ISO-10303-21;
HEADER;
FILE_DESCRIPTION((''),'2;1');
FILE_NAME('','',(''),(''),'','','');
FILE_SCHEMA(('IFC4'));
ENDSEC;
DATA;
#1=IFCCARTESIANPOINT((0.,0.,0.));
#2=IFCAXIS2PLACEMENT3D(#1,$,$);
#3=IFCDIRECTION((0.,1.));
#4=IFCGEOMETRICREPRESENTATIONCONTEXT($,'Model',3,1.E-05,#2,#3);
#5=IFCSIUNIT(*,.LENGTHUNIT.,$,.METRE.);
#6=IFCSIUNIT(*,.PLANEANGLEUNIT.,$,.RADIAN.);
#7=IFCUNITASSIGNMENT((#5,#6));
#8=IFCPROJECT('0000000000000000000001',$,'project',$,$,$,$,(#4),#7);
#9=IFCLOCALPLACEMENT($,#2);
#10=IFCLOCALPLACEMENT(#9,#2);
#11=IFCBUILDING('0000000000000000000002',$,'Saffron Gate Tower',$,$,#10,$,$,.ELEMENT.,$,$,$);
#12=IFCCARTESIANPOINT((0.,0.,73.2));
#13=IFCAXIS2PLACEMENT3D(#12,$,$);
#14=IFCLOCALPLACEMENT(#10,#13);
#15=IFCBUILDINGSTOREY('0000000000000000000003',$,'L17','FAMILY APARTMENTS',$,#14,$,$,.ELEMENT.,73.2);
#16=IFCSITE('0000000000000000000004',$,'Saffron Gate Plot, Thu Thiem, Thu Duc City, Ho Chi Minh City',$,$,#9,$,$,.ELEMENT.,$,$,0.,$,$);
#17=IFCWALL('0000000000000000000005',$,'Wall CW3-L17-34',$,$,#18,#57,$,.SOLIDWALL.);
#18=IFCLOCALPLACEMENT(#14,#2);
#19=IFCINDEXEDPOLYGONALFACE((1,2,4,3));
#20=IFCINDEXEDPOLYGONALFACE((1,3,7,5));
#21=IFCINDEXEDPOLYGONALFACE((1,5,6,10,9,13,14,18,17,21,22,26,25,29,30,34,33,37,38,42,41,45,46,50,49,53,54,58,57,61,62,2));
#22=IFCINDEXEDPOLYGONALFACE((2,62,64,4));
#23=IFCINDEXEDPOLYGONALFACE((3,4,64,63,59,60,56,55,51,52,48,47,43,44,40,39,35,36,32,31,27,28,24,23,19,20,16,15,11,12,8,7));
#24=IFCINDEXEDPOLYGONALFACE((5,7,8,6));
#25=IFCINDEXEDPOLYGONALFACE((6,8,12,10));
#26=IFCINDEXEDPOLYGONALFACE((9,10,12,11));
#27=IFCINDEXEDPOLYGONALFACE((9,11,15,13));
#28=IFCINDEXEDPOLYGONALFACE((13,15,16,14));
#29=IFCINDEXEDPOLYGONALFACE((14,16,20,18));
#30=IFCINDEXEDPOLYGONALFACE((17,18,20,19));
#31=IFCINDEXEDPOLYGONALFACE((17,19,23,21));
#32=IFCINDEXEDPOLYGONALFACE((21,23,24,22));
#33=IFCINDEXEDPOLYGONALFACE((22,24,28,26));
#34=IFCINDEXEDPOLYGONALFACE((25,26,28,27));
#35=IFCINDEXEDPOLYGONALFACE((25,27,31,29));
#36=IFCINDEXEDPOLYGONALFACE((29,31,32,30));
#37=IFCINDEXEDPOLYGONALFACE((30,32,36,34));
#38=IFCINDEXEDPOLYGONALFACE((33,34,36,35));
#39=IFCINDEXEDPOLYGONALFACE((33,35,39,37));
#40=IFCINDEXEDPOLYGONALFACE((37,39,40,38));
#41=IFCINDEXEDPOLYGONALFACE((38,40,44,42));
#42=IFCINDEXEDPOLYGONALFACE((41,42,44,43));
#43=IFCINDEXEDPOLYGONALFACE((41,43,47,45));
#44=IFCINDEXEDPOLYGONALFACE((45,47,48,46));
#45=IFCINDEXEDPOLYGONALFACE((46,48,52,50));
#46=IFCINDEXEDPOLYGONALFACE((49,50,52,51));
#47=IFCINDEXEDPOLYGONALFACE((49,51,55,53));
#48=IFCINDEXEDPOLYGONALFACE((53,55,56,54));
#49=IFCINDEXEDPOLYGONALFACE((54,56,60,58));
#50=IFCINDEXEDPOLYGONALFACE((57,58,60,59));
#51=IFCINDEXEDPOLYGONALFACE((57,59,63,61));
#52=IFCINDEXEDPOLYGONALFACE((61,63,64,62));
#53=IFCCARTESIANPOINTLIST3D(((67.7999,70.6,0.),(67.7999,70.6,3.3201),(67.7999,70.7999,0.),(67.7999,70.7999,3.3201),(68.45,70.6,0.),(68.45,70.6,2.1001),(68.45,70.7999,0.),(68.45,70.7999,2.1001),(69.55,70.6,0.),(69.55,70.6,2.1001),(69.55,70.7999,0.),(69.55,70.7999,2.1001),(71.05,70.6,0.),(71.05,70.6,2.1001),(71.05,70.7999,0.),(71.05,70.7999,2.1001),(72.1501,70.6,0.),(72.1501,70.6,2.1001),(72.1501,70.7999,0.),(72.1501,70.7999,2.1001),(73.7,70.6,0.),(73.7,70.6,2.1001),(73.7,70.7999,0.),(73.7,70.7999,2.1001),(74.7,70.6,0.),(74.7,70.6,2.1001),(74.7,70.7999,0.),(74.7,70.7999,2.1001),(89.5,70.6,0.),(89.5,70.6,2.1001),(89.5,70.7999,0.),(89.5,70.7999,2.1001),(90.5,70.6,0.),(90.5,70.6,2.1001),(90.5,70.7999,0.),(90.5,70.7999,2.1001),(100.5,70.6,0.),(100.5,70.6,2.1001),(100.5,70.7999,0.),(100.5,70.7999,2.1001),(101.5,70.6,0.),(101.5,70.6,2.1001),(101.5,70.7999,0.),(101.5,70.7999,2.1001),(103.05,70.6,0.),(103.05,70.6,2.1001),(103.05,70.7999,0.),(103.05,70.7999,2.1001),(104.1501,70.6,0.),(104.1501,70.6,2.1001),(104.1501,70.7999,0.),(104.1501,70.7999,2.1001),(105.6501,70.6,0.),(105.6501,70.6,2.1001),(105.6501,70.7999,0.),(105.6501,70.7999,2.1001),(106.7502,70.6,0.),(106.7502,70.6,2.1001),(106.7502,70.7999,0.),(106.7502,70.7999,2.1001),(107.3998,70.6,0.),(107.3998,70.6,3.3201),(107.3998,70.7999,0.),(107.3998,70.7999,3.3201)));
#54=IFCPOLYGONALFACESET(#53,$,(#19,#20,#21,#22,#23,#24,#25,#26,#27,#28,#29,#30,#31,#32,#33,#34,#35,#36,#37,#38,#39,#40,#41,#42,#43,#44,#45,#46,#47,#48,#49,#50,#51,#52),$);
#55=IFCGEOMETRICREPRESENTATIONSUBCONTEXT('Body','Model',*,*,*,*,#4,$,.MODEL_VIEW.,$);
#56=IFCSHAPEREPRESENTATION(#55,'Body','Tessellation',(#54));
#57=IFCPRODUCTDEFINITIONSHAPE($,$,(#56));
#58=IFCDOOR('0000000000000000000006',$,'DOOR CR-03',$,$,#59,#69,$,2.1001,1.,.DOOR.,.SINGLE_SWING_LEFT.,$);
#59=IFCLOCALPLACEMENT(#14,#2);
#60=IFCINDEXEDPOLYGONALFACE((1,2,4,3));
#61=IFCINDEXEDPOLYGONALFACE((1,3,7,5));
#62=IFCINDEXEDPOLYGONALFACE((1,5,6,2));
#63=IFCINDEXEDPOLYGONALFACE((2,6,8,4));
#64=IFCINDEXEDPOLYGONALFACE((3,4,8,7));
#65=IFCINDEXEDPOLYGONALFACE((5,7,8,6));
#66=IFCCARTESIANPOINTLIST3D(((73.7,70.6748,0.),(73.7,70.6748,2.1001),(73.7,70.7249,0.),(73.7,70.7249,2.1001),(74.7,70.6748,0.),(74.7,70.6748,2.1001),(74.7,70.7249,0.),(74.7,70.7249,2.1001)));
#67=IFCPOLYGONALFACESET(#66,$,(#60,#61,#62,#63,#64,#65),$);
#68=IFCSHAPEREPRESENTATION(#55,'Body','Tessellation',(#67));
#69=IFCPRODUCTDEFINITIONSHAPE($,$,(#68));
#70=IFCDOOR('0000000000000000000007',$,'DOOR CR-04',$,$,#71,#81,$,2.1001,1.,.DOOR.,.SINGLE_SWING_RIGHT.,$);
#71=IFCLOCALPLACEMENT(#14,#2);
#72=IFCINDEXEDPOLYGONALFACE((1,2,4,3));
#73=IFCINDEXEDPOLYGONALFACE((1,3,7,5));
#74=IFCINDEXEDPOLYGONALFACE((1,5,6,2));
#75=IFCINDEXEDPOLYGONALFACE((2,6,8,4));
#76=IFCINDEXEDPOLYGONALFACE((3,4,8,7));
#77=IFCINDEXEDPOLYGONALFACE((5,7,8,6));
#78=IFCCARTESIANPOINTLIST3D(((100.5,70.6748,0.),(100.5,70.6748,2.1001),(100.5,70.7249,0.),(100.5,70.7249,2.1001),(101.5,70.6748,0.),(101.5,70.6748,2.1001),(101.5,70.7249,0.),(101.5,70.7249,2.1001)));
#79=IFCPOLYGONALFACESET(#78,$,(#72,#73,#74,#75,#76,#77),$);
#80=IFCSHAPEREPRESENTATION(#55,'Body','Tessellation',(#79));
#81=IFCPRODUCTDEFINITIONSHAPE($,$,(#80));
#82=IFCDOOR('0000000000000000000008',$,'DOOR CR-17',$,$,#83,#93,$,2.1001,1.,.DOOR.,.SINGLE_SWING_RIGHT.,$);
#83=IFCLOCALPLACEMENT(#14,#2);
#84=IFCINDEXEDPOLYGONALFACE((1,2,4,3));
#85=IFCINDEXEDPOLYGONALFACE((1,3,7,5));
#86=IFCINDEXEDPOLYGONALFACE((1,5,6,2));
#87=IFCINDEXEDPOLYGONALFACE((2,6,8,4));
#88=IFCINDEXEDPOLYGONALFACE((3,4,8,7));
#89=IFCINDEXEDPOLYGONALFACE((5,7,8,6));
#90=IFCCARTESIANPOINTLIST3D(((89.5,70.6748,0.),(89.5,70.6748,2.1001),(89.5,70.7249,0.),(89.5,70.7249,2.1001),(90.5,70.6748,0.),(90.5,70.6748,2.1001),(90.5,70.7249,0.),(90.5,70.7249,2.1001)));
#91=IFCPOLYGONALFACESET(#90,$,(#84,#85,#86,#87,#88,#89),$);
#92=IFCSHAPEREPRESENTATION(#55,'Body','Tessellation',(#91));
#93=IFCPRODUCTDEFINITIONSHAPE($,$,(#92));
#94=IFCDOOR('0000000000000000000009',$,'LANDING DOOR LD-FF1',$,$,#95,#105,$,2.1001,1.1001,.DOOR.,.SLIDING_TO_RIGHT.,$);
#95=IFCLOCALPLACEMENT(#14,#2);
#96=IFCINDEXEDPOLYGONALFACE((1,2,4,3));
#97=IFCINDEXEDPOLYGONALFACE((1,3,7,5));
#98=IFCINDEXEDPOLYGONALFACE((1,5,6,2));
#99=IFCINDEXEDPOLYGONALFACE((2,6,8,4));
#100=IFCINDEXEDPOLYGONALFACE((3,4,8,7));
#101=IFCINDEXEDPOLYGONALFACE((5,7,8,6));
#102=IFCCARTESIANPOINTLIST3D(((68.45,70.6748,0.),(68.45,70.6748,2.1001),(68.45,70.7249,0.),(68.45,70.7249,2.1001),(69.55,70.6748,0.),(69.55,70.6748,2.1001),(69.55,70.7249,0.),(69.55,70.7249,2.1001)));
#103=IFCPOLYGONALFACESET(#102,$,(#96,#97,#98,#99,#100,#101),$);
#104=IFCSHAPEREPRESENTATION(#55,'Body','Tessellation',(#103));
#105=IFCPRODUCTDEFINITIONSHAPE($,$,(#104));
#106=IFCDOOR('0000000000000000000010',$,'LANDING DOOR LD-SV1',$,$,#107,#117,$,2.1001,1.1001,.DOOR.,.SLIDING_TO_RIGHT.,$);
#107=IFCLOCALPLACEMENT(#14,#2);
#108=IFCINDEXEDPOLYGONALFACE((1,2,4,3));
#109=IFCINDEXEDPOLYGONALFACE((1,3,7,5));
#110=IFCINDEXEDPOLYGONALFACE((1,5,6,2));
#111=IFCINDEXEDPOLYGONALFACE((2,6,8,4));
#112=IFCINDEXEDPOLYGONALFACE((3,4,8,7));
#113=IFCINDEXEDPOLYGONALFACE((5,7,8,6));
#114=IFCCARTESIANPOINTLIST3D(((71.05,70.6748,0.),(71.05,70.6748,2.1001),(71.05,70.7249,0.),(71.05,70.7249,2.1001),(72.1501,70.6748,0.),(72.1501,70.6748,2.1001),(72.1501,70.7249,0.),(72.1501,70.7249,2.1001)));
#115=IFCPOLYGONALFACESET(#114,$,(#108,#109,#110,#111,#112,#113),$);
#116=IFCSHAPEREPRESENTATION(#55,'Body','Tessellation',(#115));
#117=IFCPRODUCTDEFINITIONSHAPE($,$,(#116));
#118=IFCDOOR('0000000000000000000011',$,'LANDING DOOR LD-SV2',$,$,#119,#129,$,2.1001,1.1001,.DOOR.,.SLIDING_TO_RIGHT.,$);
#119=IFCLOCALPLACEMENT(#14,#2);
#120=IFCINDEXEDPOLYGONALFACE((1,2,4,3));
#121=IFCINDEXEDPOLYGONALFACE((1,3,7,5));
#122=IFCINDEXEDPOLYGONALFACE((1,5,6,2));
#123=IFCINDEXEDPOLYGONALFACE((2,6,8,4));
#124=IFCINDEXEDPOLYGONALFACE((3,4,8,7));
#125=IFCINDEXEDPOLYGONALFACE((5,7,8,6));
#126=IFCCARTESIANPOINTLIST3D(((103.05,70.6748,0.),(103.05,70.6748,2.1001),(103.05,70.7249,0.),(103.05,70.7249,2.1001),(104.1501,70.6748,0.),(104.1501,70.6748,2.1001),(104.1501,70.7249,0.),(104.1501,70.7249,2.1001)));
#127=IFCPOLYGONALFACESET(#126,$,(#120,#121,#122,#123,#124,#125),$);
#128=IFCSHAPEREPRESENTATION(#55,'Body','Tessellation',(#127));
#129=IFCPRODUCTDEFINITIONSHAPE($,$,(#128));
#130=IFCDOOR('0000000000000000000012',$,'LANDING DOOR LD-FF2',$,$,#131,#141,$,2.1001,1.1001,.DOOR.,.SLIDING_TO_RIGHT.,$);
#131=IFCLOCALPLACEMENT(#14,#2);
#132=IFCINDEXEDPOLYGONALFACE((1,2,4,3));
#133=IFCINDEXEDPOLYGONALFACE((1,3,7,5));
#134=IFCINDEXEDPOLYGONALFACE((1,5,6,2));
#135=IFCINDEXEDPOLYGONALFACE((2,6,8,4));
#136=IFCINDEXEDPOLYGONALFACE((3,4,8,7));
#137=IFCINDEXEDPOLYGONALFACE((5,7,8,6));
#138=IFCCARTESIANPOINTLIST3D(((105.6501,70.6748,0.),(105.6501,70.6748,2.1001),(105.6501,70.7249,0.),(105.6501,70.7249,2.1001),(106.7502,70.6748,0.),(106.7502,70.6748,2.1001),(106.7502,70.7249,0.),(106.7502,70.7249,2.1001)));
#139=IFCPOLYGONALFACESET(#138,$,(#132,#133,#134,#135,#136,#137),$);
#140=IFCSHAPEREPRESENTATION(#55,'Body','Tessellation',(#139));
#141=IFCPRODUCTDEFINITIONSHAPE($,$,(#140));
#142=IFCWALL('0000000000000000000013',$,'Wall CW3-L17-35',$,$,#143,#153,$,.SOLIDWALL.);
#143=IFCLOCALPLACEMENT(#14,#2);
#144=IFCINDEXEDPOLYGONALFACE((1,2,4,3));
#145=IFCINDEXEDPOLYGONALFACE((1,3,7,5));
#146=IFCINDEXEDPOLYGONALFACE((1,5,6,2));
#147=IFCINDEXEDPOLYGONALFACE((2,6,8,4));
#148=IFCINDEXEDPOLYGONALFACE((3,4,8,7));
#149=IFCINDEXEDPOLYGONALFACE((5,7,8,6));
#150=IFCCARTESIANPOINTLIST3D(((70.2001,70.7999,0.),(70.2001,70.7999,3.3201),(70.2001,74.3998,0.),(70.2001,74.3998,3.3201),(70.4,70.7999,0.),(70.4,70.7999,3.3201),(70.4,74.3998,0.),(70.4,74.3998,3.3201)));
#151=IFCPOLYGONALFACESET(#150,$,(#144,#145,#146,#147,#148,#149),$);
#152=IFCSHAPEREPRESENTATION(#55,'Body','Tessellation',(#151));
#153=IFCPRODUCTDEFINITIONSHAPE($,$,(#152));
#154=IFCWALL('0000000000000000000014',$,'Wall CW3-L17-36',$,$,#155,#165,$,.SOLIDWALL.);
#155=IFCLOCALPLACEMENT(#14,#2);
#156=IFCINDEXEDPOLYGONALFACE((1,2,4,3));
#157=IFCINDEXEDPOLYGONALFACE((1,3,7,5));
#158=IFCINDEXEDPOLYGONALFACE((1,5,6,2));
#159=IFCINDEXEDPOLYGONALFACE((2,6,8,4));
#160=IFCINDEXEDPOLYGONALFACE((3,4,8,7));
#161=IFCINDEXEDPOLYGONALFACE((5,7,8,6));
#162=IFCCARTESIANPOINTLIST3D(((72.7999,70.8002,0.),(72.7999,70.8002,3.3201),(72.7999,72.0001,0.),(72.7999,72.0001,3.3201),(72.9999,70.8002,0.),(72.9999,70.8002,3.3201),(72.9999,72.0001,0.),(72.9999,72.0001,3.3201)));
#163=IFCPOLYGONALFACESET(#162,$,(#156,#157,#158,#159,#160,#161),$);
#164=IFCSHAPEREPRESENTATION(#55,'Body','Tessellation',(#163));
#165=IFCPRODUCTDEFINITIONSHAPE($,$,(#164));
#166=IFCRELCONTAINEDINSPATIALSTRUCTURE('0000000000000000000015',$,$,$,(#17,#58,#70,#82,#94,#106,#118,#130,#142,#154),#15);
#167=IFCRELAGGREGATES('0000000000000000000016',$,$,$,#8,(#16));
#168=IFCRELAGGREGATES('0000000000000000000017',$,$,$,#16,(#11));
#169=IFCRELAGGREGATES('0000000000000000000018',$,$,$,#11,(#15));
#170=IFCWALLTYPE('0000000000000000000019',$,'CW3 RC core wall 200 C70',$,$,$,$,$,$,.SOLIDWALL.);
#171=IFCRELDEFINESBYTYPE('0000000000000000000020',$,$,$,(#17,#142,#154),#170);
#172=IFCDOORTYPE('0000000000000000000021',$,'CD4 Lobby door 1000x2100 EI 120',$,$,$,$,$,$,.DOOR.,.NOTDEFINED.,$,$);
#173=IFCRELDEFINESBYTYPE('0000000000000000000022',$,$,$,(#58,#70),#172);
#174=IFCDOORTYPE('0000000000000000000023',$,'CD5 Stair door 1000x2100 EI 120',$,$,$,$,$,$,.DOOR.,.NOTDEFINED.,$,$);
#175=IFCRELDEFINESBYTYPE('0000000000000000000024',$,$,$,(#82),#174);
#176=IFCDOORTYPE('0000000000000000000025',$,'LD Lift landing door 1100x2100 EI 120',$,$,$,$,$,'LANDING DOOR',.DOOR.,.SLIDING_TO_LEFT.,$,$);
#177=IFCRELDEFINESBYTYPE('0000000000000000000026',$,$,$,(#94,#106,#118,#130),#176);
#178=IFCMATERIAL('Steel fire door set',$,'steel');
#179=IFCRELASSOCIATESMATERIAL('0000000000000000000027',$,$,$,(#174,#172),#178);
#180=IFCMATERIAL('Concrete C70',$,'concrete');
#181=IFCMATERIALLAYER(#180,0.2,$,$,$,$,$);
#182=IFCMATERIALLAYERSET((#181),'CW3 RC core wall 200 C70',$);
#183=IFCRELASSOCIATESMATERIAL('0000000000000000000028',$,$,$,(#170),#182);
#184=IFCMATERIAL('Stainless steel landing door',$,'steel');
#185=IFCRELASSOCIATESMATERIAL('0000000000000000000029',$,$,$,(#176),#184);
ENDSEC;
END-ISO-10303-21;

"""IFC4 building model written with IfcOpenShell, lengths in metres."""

from ifc_helpers import new_model, si_unit, direction, frame, frame_2d, origin, place, context, subcontext, project, spatial, rectangle, extrude, material, layer, layer_set, type_object, element, fill, save


model = new_model("IFC4")

# Units and contexts
model_context = context("Model", 3, precision=1e-05, world=origin(), true_north=direction((0.0, 1.0)))
body_context = subcontext(model_context, "Body", "Model", "MODEL_VIEW")
ifc_project = project(units=[si_unit("LENGTHUNIT", "METRE"), si_unit("PLANEANGLEUNIT", "RADIAN")], contexts=[model_context])

# Site, building, storey
site_placement = place(None, origin())
site = spatial("IfcSite", under=ifc_project, at=site_placement, Name="Saffron Gate Plot, Thu Thiem, Thu Duc City, Ho Chi Minh City", CompositionType="ELEMENT", RefElevation=0.0)
building_placement = place(site_placement, origin())
building = spatial("IfcBuilding", under=site, at=building_placement, Name="Saffron Gate Tower", CompositionType="ELEMENT")
storey_placement = place(building_placement, frame((0.0, 0.0, 73.2)))
storey = spatial("IfcBuildingStorey", under=building, at=storey_placement, Name="L17", Description="FAMILY APARTMENTS", CompositionType="ELEMENT", Elevation=73.2)

# Shared definitions
ifc_material_1 = material(Name="Concrete C70", Category="concrete")

# Wall, openings, doors
ifc_material_2 = material(Name="Steel fire door set", Category="steel")
door_type_1 = type_object("IfcDoorType", Name="CD5 Stair door 1000x2100 EI 120", OperationType="NOTDEFINED", PredefinedType="DOOR", material=ifc_material_2)
ifc_layer_1 = layer(ifc_material_1, 0.2)
ifc_layer_set_1 = layer_set([ifc_layer_1], Name="CW3 RC core wall 200 C70")
wall_type_1 = type_object("IfcWallType", Name="CW3 RC core wall 200 C70", PredefinedType="SOLIDWALL", material=ifc_layer_set_1)
wall_1_placement = place(storey_placement, frame((67.8, 70.7, 0.0), z_axis=(0.0, 0.0, 1.0), x_axis=(1.0, 0.0, 0.0)))
wall_1 = element("IfcWall", 1, at=wall_1_placement, inside=storey, type_object=wall_type_1, Name="Wall CW3-L17-34", PredefinedType="SOLIDWALL", context=body_context, shape_type="SweptSolid", body=[
    extrude(rectangle(XDim=39.5999, YDim=0.2, at=frame_2d((19.7998, 0.0))), origin(), (0.0, 0.0, 1.0), 3.3201),
])
opening_1_placement = place(wall_1_placement, frame((0.6499, 0.0, 0.0)))
opening_1 = element("IfcOpeningElement", 2, at=opening_1_placement, cuts=wall_1, PredefinedType="OPENING", context=body_context, shape_type="SweptSolid", body=[
    extrude(rectangle(XDim=1.1001, YDim=2.1001, at=frame_2d((0.55, 1.05))), frame((0.0, 0.1099, 0.0), z_axis=(0.0, -1.0, 0.0), x_axis=(1.0, 0.0, 0.0)), (0.0, 0.0, 1.0), 0.22),
])
opening_2_placement = place(wall_1_placement, frame((3.25, 0.0, 0.0)))
opening_2 = element("IfcOpeningElement", 3, at=opening_2_placement, cuts=wall_1, PredefinedType="OPENING", context=body_context, shape_type="SweptSolid", body=[
    extrude(rectangle(XDim=1.1001, YDim=2.1001, at=frame_2d((0.55, 1.05))), frame((0.0, 0.1099, 0.0), z_axis=(0.0, -1.0, 0.0), x_axis=(1.0, 0.0, 0.0)), (0.0, 0.0, 1.0), 0.22),
])
opening_3_placement = place(wall_1_placement, frame((5.8999, 0.0, 0.0)))
opening_3 = element("IfcOpeningElement", 4, at=opening_3_placement, cuts=wall_1, PredefinedType="OPENING", context=body_context, shape_type="SweptSolid", body=[
    extrude(rectangle(XDim=1.0, YDim=2.1001, at=frame_2d((0.5, 1.05))), frame((0.0, 0.1099, 0.0), z_axis=(0.0, -1.0, 0.0), x_axis=(1.0, 0.0, 0.0)), (0.0, 0.0, 1.0), 0.22),
])
opening_4_placement = place(wall_1_placement, frame((21.7, 0.0, 0.0)))
opening_4 = element("IfcOpeningElement", 5, at=opening_4_placement, cuts=wall_1, PredefinedType="OPENING", context=body_context, shape_type="SweptSolid", body=[
    extrude(rectangle(XDim=1.0, YDim=2.1001, at=frame_2d((0.5, 1.05))), frame((0.0, 0.1099, 0.0), z_axis=(0.0, -1.0, 0.0), x_axis=(1.0, 0.0, 0.0)), (0.0, 0.0, 1.0), 0.22),
])
opening_5_placement = place(wall_1_placement, frame((32.7, 0.0, 0.0)))
opening_5 = element("IfcOpeningElement", 6, at=opening_5_placement, cuts=wall_1, PredefinedType="OPENING", context=body_context, shape_type="SweptSolid", body=[
    extrude(rectangle(XDim=1.0, YDim=2.1001, at=frame_2d((0.5, 1.05))), frame((0.0, 0.1099, 0.0), z_axis=(0.0, -1.0, 0.0), x_axis=(1.0, 0.0, 0.0)), (0.0, 0.0, 1.0), 0.22),
])
opening_6_placement = place(wall_1_placement, frame((35.25, 0.0, 0.0)))
opening_6 = element("IfcOpeningElement", 7, at=opening_6_placement, cuts=wall_1, PredefinedType="OPENING", context=body_context, shape_type="SweptSolid", body=[
    extrude(rectangle(XDim=1.1001, YDim=2.1001, at=frame_2d((0.55, 1.05))), frame((0.0, 0.1099, 0.0), z_axis=(0.0, -1.0, 0.0), x_axis=(1.0, 0.0, 0.0)), (0.0, 0.0, 1.0), 0.22),
])
opening_7_placement = place(wall_1_placement, frame((37.8501, 0.0, 0.0)))
opening_7 = element("IfcOpeningElement", 8, at=opening_7_placement, cuts=wall_1, PredefinedType="OPENING", context=body_context, shape_type="SweptSolid", body=[
    extrude(rectangle(XDim=1.1001, YDim=2.1001, at=frame_2d((0.55, 1.05))), frame((0.0, 0.1099, 0.0), z_axis=(0.0, -1.0, 0.0), x_axis=(1.0, 0.0, 0.0)), (0.0, 0.0, 1.0), 0.22),
])
door_type_2 = type_object("IfcDoorType", Name="CD4 Lobby door 1000x2100 EI 120", OperationType="NOTDEFINED", PredefinedType="DOOR", material=ifc_material_2)
door_1_placement = place(opening_3_placement, origin())
door_1 = element("IfcDoor", 9, at=door_1_placement, inside=storey, type_object=door_type_2, Name="DOOR CR-03", OperationType="SINGLE_SWING_LEFT", OverallHeight=2.1001, OverallWidth=1.0, PredefinedType="DOOR", context=body_context, shape_type="SweptSolid", body=[
    extrude(rectangle(XDim=1.0, YDim=2.1001, at=frame_2d((0.5, 1.05))), frame((0.0, 0.0249, 0.0), z_axis=(0.0, -1.0, 0.0), x_axis=(1.0, 0.0, 0.0)), (0.0, 0.0, 1.0), 0.05),
])
fill(opening_3, door_1)
door_2_placement = place(opening_5_placement, origin())
door_2 = element("IfcDoor", 10, at=door_2_placement, inside=storey, type_object=door_type_2, Name="DOOR CR-04", OperationType="SINGLE_SWING_RIGHT", OverallHeight=2.1001, OverallWidth=1.0, PredefinedType="DOOR", context=body_context, shape_type="SweptSolid", body=[
    extrude(rectangle(XDim=1.0, YDim=2.1001, at=frame_2d((0.5, 1.05))), frame((0.0, 0.0249, 0.0), z_axis=(0.0, -1.0, 0.0), x_axis=(1.0, 0.0, 0.0)), (0.0, 0.0, 1.0), 0.05),
])
fill(opening_5, door_2)
door_3_placement = place(opening_4_placement, origin())
door_3 = element("IfcDoor", 11, at=door_3_placement, inside=storey, type_object=door_type_1, Name="DOOR CR-17", OperationType="SINGLE_SWING_RIGHT", OverallHeight=2.1001, OverallWidth=1.0, PredefinedType="DOOR", context=body_context, shape_type="SweptSolid", body=[
    extrude(rectangle(XDim=1.0, YDim=2.1001, at=frame_2d((0.5, 1.05))), frame((0.0, 0.0249, 0.0), z_axis=(0.0, -1.0, 0.0), x_axis=(1.0, 0.0, 0.0)), (0.0, 0.0, 1.0), 0.05),
])
fill(opening_4, door_3)
ifc_material_3 = material(Name="Stainless steel landing door", Category="steel")
door_type_3 = type_object("IfcDoorType", Name="LD Lift landing door 1100x2100 EI 120", ElementType="LANDING DOOR", OperationType="SLIDING_TO_LEFT", PredefinedType="DOOR", material=ifc_material_3)
door_4_placement = place(opening_1_placement, origin())
door_4 = element("IfcDoor", 12, at=door_4_placement, inside=storey, type_object=door_type_3, Name="LANDING DOOR LD-FF1", OperationType="SLIDING_TO_RIGHT", OverallHeight=2.1001, OverallWidth=1.1001, PredefinedType="DOOR", context=body_context, shape_type="SweptSolid", body=[
    extrude(rectangle(XDim=1.1001, YDim=2.1001, at=frame_2d((0.55, 1.05))), frame((0.0, 0.0249, 0.0), z_axis=(0.0, -1.0, 0.0), x_axis=(1.0, 0.0, 0.0)), (0.0, 0.0, 1.0), 0.05),
])
fill(opening_1, door_4)
door_5_placement = place(opening_2_placement, origin())
door_5 = element("IfcDoor", 13, at=door_5_placement, inside=storey, type_object=door_type_3, Name="LANDING DOOR LD-SV1", OperationType="SLIDING_TO_RIGHT", OverallHeight=2.1001, OverallWidth=1.1001, PredefinedType="DOOR", context=body_context, shape_type="SweptSolid", body=[
    extrude(rectangle(XDim=1.1001, YDim=2.1001, at=frame_2d((0.55, 1.05))), frame((0.0, 0.0249, 0.0), z_axis=(0.0, -1.0, 0.0), x_axis=(1.0, 0.0, 0.0)), (0.0, 0.0, 1.0), 0.05),
])
fill(opening_2, door_5)
door_6_placement = place(opening_6_placement, origin())
door_6 = element("IfcDoor", 14, at=door_6_placement, inside=storey, type_object=door_type_3, Name="LANDING DOOR LD-SV2", OperationType="SLIDING_TO_RIGHT", OverallHeight=2.1001, OverallWidth=1.1001, PredefinedType="DOOR", context=body_context, shape_type="SweptSolid", body=[
    extrude(rectangle(XDim=1.1001, YDim=2.1001, at=frame_2d((0.55, 1.05))), frame((0.0, 0.0249, 0.0), z_axis=(0.0, -1.0, 0.0), x_axis=(1.0, 0.0, 0.0)), (0.0, 0.0, 1.0), 0.05),
])
fill(opening_6, door_6)
door_7_placement = place(opening_7_placement, origin())
door_7 = element("IfcDoor", 15, at=door_7_placement, inside=storey, type_object=door_type_3, Name="LANDING DOOR LD-FF2", OperationType="SLIDING_TO_RIGHT", OverallHeight=2.1001, OverallWidth=1.1001, PredefinedType="DOOR", context=body_context, shape_type="SweptSolid", body=[
    extrude(rectangle(XDim=1.1001, YDim=2.1001, at=frame_2d((0.55, 1.05))), frame((0.0, 0.0249, 0.0), z_axis=(0.0, -1.0, 0.0), x_axis=(1.0, 0.0, 0.0)), (0.0, 0.0, 1.0), 0.05),
])
fill(opening_7, door_7)

# Walls
wall_2_placement = place(storey_placement, frame((70.3, 70.8, 0.0), z_axis=(0.0, 0.0, 1.0), x_axis=(0.0, 1.0, 0.0)))
element("IfcWall", 16, at=wall_2_placement, inside=storey, type_object=wall_type_1, Name="Wall CW3-L17-35", PredefinedType="SOLIDWALL", context=body_context, shape_type="SweptSolid", body=[
    extrude(rectangle(XDim=3.5999, YDim=0.2, at=frame_2d((1.7998, 0.0))), origin(), (0.0, 0.0, 1.0), 3.3201),
])
wall_3_placement = place(storey_placement, frame((72.8999, 70.8, 0.0), z_axis=(0.0, 0.0, 1.0), x_axis=(0.0, 1.0, 0.0)))
element("IfcWall", 17, at=wall_3_placement, inside=storey, type_object=wall_type_1, Name="Wall CW3-L17-36", PredefinedType="SOLIDWALL", context=body_context, shape_type="SweptSolid", body=[
    extrude(rectangle(XDim=1.2, YDim=0.2, at=frame_2d((0.6001, 0.0))), origin(), (0.0, 0.0, 1.0), 3.3201),
])

save(model, "model.ifc")
